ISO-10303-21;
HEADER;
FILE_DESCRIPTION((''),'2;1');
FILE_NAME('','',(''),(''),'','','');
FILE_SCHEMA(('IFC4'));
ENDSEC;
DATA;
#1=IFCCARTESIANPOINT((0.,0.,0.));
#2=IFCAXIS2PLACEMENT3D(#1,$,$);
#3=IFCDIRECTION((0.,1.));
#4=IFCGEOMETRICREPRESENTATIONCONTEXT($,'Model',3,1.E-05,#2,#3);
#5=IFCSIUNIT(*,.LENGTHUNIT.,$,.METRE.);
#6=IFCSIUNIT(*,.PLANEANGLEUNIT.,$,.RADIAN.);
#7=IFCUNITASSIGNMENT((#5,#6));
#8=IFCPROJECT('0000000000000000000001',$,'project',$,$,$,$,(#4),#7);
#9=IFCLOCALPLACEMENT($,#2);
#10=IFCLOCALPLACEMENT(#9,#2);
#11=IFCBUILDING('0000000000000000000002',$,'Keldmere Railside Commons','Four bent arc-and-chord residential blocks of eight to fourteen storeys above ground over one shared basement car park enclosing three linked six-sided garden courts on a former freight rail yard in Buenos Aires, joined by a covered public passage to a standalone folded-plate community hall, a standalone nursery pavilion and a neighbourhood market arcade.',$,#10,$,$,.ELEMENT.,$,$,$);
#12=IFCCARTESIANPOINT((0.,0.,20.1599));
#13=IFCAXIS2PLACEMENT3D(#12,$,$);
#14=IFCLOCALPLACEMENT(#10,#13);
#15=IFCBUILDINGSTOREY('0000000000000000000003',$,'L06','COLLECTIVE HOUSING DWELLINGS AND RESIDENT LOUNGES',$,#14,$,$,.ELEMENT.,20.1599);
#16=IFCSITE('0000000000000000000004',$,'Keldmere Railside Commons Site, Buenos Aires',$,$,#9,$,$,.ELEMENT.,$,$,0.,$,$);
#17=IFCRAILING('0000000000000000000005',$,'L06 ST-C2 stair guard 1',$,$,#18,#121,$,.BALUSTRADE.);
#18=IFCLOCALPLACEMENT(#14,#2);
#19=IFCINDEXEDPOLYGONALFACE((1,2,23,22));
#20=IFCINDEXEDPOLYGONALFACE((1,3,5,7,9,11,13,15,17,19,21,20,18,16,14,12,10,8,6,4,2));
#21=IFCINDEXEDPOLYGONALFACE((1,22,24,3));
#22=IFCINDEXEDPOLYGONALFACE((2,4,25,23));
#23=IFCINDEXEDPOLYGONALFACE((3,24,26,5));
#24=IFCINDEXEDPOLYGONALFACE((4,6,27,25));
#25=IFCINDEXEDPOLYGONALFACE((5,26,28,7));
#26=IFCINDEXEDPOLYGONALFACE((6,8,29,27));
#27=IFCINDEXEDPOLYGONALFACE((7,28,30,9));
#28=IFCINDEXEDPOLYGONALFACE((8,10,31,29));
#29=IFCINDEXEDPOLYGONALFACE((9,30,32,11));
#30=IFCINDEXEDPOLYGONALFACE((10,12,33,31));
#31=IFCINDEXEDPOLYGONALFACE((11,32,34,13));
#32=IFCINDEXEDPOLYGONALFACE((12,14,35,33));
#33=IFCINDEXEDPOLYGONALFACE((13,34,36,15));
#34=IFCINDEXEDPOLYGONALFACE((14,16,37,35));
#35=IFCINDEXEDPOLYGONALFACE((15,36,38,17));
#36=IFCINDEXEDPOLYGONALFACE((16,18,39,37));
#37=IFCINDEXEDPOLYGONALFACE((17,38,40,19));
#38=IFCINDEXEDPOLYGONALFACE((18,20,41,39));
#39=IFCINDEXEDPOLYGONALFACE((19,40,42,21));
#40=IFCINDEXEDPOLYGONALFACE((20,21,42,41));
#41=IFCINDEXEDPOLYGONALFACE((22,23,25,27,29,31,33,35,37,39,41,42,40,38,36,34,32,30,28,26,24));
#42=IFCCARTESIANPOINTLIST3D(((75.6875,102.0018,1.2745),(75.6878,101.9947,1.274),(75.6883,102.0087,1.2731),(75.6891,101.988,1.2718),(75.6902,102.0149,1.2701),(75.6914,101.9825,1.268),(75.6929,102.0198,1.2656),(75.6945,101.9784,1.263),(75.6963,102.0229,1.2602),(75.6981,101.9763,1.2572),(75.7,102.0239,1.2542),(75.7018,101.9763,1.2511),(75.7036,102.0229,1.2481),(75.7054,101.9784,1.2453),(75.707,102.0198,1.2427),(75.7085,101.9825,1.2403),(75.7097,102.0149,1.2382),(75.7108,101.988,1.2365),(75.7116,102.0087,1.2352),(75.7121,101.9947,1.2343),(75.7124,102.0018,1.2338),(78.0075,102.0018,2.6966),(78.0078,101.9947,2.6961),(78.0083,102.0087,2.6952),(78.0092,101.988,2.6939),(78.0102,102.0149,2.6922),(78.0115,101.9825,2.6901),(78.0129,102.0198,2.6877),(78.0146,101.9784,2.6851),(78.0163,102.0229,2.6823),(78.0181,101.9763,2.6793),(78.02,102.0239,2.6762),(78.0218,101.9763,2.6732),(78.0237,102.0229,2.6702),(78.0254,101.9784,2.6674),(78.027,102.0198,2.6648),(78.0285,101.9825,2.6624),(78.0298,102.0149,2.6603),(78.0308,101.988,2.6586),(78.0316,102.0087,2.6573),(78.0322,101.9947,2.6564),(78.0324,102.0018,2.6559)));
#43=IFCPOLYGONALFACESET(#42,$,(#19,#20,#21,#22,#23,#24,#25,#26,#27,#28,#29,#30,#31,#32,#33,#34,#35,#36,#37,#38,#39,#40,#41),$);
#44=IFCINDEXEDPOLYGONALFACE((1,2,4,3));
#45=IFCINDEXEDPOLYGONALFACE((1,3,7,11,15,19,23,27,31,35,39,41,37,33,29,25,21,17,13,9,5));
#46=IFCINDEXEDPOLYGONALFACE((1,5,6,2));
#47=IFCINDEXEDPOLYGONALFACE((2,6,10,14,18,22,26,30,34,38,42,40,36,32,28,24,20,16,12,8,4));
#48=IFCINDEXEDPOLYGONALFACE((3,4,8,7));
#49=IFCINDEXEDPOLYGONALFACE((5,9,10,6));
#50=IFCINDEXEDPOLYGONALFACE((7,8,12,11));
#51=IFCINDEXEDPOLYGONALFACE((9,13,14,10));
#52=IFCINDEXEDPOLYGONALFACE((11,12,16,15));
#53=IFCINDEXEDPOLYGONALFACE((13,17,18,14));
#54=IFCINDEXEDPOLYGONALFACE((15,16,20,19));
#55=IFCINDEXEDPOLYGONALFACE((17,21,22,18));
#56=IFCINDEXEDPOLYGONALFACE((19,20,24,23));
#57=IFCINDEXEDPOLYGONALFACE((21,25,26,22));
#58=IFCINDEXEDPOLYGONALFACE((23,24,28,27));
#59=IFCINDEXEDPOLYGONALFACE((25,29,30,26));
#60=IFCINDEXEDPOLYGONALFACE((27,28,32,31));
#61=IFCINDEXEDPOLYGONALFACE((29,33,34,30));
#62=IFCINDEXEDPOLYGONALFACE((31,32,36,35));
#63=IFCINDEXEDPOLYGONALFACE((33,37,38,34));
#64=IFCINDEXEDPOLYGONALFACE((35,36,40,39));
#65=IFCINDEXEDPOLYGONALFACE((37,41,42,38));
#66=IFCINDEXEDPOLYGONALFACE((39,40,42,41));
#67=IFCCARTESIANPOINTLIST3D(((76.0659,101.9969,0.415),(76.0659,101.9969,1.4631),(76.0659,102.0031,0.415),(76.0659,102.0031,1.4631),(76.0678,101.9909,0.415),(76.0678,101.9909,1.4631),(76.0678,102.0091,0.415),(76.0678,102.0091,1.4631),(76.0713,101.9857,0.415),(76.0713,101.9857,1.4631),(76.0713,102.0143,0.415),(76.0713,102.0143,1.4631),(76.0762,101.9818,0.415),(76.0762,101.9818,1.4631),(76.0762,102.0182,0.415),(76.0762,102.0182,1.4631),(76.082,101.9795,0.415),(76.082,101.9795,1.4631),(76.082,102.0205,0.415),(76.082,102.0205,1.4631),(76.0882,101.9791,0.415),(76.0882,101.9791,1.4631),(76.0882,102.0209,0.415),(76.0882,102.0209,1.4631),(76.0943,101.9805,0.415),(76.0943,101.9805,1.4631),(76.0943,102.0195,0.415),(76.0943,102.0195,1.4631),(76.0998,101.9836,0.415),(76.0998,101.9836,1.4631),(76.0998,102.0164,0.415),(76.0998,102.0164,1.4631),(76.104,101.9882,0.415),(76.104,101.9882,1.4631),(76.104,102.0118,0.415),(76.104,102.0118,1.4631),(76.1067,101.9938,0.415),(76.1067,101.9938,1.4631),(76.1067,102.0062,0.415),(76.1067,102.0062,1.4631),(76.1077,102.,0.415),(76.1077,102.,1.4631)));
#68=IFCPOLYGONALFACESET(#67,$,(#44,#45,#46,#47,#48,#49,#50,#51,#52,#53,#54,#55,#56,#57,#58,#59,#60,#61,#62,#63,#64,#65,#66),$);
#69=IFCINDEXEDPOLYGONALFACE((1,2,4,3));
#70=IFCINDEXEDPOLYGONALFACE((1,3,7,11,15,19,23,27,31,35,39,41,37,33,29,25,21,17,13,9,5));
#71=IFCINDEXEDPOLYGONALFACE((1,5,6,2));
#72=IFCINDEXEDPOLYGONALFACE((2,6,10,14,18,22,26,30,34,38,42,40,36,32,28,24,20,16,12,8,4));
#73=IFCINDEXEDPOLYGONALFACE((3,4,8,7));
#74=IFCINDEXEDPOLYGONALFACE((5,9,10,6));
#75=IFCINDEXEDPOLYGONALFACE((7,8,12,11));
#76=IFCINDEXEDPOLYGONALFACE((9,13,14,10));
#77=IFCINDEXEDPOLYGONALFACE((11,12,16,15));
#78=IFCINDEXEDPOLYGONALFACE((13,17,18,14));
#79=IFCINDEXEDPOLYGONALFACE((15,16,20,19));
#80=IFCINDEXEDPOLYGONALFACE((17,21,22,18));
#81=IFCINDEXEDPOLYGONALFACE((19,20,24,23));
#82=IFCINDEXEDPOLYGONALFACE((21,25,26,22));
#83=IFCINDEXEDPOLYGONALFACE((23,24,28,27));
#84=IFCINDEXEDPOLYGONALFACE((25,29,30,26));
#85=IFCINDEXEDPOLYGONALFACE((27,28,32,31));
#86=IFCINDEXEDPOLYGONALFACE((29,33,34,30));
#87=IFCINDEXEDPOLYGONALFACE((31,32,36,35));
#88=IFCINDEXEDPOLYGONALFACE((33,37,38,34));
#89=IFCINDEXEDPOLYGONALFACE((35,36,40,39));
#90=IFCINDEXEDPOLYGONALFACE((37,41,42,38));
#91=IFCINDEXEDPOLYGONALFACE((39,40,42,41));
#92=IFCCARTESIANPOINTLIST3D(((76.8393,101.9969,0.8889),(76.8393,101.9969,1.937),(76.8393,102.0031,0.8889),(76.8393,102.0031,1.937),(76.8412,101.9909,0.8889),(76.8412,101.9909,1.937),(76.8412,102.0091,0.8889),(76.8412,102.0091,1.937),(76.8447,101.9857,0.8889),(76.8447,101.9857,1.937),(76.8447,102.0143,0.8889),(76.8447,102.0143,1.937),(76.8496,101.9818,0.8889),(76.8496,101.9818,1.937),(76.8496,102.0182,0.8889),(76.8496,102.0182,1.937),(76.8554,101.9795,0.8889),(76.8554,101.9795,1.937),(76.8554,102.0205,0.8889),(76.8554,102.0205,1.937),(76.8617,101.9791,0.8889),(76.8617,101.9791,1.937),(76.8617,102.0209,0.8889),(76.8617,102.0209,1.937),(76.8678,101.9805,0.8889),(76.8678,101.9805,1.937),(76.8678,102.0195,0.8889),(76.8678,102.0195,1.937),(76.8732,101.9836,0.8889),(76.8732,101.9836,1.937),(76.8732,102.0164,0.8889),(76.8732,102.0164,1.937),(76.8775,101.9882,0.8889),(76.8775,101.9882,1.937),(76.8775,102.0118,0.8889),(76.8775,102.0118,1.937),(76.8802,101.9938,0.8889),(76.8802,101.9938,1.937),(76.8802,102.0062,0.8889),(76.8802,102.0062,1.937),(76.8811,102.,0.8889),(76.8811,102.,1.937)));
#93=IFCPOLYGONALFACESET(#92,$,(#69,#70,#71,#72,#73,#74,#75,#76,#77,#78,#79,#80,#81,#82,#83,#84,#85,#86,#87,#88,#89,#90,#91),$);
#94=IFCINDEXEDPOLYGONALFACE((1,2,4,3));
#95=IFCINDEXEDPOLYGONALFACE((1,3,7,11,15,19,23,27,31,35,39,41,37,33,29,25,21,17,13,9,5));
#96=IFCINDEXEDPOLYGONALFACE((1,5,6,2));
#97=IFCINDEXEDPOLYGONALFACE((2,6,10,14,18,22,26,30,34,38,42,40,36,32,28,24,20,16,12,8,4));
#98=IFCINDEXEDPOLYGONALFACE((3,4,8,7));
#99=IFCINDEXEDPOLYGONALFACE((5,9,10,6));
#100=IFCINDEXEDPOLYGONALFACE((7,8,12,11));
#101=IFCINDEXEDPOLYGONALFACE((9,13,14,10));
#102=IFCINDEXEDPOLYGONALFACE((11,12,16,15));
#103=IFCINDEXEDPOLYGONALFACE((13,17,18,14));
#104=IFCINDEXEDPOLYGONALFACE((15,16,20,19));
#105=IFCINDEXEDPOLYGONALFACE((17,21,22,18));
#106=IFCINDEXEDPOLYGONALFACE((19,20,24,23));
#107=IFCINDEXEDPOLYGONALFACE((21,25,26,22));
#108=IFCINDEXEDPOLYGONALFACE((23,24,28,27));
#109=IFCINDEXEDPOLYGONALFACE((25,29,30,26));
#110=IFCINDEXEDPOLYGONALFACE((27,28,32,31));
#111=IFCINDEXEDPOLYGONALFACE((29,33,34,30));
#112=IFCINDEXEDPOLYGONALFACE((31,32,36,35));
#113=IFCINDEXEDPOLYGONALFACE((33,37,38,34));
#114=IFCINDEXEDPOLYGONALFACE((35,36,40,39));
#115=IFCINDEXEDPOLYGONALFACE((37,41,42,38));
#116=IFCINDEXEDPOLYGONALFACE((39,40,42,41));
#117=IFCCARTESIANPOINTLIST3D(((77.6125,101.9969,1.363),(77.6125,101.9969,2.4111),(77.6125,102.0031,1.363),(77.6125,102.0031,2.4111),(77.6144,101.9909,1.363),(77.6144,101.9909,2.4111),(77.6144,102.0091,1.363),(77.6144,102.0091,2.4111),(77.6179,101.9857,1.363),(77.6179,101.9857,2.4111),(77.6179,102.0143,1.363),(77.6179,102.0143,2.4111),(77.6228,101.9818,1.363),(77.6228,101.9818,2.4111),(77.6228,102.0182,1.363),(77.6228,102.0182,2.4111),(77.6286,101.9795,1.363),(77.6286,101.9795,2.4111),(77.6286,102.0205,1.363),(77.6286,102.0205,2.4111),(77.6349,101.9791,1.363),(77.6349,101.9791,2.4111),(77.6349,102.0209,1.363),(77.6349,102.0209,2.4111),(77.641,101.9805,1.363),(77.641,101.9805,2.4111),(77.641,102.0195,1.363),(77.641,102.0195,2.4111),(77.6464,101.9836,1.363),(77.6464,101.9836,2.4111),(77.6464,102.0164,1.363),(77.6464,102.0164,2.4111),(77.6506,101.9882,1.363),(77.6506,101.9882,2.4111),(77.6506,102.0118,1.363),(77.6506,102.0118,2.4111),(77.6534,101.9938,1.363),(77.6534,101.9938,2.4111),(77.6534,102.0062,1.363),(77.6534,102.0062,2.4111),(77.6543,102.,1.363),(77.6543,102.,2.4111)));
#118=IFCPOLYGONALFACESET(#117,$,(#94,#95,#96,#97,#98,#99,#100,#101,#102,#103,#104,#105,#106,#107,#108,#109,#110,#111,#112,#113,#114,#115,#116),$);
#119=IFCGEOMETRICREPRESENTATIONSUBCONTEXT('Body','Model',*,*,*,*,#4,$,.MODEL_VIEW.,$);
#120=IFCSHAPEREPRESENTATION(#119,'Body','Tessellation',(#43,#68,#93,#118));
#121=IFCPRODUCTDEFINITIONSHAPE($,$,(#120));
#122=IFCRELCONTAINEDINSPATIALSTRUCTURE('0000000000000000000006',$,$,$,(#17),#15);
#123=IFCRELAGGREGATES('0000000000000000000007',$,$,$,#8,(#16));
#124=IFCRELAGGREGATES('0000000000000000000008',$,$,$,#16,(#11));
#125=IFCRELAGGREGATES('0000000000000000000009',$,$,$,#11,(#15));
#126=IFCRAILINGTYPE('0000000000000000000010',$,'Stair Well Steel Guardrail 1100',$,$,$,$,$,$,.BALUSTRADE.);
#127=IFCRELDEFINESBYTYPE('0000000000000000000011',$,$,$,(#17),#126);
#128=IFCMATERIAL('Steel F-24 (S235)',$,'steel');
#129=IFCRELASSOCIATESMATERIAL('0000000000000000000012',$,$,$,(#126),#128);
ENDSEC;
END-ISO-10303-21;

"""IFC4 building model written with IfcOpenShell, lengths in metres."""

from ifc_helpers import new_model, si_unit, direction, frame, origin, origin_2d, place, context, subcontext, project, spatial, circle, extrude, material, type_object, element, save


model = new_model("IFC4")

# Units and contexts
model_context = context("Model", 3, precision=1e-05, world=origin(), true_north=direction((0.0, 1.0)))
body_context = subcontext(model_context, "Body", "Model", "MODEL_VIEW")
ifc_project = project(units=[si_unit("LENGTHUNIT", "METRE"), si_unit("PLANEANGLEUNIT", "RADIAN")], contexts=[model_context])

# Site, building, storey
site_placement = place(None, origin())
site = spatial("IfcSite", under=ifc_project, at=site_placement, Name="Keldmere Railside Commons Site, Buenos Aires", CompositionType="ELEMENT", RefElevation=0.0)
building_placement = place(site_placement, origin())
building = spatial("IfcBuilding", under=site, at=building_placement, Name="Keldmere Railside Commons", Description="Four bent arc-and-chord residential blocks of eight to fourteen storeys above ground over one shared basement car park enclosing three linked six-sided garden courts on a former freight rail yard in Buenos Aires, joined by a covered public passage to a standalone folded-plate community hall, a standalone nursery pavilion and a neighbourhood market arcade.", CompositionType="ELEMENT")
storey_placement = place(building_placement, frame((0.0, 0.0, 20.1599)))
storey = spatial("IfcBuildingStorey", under=building, at=storey_placement, Name="L06", Description="COLLECTIVE HOUSING DWELLINGS AND RESIDENT LOUNGES", CompositionType="ELEMENT", Elevation=20.1599)

# Railing
ifc_material_1 = material(Name="Steel F-24 (S235)", Category="steel")
railing_type_1 = type_object("IfcRailingType", Name="Stair Well Steel Guardrail 1100", PredefinedType="BALUSTRADE", material=ifc_material_1)
railing_1_placement = place(storey_placement, frame((75.7, 102.0, 0.178)))
element("IfcRailing", 1, at=railing_1_placement, inside=storey, type_object=railing_type_1, Name="L06 ST-C2 stair guard 1", PredefinedType="BALUSTRADE", context=body_context, shape_type="SweptSolid", body=[
    extrude(circle(Radius=0.0239, at=origin_2d()), frame((0.0, 0.0, 1.0762), z_axis=(0.852578, 0.0, 0.5226), x_axis=(0.0, 1.0, 0.0)), (0.0, 0.0, 1.0), 2.7212),
    extrude(circle(Radius=0.021, at=origin_2d()), frame((0.3867, 0.0, 0.2371)), (0.0, 0.0, 1.0), 1.0481),
    extrude(circle(Radius=0.021, at=origin_2d()), frame((1.1602, 0.0, 0.7109)), (0.0, 0.0, 1.0), 1.0481),
    extrude(circle(Radius=0.021, at=origin_2d()), frame((1.9333, 0.0, 1.1851)), (0.0, 0.0, 1.0), 1.0481),
])

save(model, "model.ifc")
